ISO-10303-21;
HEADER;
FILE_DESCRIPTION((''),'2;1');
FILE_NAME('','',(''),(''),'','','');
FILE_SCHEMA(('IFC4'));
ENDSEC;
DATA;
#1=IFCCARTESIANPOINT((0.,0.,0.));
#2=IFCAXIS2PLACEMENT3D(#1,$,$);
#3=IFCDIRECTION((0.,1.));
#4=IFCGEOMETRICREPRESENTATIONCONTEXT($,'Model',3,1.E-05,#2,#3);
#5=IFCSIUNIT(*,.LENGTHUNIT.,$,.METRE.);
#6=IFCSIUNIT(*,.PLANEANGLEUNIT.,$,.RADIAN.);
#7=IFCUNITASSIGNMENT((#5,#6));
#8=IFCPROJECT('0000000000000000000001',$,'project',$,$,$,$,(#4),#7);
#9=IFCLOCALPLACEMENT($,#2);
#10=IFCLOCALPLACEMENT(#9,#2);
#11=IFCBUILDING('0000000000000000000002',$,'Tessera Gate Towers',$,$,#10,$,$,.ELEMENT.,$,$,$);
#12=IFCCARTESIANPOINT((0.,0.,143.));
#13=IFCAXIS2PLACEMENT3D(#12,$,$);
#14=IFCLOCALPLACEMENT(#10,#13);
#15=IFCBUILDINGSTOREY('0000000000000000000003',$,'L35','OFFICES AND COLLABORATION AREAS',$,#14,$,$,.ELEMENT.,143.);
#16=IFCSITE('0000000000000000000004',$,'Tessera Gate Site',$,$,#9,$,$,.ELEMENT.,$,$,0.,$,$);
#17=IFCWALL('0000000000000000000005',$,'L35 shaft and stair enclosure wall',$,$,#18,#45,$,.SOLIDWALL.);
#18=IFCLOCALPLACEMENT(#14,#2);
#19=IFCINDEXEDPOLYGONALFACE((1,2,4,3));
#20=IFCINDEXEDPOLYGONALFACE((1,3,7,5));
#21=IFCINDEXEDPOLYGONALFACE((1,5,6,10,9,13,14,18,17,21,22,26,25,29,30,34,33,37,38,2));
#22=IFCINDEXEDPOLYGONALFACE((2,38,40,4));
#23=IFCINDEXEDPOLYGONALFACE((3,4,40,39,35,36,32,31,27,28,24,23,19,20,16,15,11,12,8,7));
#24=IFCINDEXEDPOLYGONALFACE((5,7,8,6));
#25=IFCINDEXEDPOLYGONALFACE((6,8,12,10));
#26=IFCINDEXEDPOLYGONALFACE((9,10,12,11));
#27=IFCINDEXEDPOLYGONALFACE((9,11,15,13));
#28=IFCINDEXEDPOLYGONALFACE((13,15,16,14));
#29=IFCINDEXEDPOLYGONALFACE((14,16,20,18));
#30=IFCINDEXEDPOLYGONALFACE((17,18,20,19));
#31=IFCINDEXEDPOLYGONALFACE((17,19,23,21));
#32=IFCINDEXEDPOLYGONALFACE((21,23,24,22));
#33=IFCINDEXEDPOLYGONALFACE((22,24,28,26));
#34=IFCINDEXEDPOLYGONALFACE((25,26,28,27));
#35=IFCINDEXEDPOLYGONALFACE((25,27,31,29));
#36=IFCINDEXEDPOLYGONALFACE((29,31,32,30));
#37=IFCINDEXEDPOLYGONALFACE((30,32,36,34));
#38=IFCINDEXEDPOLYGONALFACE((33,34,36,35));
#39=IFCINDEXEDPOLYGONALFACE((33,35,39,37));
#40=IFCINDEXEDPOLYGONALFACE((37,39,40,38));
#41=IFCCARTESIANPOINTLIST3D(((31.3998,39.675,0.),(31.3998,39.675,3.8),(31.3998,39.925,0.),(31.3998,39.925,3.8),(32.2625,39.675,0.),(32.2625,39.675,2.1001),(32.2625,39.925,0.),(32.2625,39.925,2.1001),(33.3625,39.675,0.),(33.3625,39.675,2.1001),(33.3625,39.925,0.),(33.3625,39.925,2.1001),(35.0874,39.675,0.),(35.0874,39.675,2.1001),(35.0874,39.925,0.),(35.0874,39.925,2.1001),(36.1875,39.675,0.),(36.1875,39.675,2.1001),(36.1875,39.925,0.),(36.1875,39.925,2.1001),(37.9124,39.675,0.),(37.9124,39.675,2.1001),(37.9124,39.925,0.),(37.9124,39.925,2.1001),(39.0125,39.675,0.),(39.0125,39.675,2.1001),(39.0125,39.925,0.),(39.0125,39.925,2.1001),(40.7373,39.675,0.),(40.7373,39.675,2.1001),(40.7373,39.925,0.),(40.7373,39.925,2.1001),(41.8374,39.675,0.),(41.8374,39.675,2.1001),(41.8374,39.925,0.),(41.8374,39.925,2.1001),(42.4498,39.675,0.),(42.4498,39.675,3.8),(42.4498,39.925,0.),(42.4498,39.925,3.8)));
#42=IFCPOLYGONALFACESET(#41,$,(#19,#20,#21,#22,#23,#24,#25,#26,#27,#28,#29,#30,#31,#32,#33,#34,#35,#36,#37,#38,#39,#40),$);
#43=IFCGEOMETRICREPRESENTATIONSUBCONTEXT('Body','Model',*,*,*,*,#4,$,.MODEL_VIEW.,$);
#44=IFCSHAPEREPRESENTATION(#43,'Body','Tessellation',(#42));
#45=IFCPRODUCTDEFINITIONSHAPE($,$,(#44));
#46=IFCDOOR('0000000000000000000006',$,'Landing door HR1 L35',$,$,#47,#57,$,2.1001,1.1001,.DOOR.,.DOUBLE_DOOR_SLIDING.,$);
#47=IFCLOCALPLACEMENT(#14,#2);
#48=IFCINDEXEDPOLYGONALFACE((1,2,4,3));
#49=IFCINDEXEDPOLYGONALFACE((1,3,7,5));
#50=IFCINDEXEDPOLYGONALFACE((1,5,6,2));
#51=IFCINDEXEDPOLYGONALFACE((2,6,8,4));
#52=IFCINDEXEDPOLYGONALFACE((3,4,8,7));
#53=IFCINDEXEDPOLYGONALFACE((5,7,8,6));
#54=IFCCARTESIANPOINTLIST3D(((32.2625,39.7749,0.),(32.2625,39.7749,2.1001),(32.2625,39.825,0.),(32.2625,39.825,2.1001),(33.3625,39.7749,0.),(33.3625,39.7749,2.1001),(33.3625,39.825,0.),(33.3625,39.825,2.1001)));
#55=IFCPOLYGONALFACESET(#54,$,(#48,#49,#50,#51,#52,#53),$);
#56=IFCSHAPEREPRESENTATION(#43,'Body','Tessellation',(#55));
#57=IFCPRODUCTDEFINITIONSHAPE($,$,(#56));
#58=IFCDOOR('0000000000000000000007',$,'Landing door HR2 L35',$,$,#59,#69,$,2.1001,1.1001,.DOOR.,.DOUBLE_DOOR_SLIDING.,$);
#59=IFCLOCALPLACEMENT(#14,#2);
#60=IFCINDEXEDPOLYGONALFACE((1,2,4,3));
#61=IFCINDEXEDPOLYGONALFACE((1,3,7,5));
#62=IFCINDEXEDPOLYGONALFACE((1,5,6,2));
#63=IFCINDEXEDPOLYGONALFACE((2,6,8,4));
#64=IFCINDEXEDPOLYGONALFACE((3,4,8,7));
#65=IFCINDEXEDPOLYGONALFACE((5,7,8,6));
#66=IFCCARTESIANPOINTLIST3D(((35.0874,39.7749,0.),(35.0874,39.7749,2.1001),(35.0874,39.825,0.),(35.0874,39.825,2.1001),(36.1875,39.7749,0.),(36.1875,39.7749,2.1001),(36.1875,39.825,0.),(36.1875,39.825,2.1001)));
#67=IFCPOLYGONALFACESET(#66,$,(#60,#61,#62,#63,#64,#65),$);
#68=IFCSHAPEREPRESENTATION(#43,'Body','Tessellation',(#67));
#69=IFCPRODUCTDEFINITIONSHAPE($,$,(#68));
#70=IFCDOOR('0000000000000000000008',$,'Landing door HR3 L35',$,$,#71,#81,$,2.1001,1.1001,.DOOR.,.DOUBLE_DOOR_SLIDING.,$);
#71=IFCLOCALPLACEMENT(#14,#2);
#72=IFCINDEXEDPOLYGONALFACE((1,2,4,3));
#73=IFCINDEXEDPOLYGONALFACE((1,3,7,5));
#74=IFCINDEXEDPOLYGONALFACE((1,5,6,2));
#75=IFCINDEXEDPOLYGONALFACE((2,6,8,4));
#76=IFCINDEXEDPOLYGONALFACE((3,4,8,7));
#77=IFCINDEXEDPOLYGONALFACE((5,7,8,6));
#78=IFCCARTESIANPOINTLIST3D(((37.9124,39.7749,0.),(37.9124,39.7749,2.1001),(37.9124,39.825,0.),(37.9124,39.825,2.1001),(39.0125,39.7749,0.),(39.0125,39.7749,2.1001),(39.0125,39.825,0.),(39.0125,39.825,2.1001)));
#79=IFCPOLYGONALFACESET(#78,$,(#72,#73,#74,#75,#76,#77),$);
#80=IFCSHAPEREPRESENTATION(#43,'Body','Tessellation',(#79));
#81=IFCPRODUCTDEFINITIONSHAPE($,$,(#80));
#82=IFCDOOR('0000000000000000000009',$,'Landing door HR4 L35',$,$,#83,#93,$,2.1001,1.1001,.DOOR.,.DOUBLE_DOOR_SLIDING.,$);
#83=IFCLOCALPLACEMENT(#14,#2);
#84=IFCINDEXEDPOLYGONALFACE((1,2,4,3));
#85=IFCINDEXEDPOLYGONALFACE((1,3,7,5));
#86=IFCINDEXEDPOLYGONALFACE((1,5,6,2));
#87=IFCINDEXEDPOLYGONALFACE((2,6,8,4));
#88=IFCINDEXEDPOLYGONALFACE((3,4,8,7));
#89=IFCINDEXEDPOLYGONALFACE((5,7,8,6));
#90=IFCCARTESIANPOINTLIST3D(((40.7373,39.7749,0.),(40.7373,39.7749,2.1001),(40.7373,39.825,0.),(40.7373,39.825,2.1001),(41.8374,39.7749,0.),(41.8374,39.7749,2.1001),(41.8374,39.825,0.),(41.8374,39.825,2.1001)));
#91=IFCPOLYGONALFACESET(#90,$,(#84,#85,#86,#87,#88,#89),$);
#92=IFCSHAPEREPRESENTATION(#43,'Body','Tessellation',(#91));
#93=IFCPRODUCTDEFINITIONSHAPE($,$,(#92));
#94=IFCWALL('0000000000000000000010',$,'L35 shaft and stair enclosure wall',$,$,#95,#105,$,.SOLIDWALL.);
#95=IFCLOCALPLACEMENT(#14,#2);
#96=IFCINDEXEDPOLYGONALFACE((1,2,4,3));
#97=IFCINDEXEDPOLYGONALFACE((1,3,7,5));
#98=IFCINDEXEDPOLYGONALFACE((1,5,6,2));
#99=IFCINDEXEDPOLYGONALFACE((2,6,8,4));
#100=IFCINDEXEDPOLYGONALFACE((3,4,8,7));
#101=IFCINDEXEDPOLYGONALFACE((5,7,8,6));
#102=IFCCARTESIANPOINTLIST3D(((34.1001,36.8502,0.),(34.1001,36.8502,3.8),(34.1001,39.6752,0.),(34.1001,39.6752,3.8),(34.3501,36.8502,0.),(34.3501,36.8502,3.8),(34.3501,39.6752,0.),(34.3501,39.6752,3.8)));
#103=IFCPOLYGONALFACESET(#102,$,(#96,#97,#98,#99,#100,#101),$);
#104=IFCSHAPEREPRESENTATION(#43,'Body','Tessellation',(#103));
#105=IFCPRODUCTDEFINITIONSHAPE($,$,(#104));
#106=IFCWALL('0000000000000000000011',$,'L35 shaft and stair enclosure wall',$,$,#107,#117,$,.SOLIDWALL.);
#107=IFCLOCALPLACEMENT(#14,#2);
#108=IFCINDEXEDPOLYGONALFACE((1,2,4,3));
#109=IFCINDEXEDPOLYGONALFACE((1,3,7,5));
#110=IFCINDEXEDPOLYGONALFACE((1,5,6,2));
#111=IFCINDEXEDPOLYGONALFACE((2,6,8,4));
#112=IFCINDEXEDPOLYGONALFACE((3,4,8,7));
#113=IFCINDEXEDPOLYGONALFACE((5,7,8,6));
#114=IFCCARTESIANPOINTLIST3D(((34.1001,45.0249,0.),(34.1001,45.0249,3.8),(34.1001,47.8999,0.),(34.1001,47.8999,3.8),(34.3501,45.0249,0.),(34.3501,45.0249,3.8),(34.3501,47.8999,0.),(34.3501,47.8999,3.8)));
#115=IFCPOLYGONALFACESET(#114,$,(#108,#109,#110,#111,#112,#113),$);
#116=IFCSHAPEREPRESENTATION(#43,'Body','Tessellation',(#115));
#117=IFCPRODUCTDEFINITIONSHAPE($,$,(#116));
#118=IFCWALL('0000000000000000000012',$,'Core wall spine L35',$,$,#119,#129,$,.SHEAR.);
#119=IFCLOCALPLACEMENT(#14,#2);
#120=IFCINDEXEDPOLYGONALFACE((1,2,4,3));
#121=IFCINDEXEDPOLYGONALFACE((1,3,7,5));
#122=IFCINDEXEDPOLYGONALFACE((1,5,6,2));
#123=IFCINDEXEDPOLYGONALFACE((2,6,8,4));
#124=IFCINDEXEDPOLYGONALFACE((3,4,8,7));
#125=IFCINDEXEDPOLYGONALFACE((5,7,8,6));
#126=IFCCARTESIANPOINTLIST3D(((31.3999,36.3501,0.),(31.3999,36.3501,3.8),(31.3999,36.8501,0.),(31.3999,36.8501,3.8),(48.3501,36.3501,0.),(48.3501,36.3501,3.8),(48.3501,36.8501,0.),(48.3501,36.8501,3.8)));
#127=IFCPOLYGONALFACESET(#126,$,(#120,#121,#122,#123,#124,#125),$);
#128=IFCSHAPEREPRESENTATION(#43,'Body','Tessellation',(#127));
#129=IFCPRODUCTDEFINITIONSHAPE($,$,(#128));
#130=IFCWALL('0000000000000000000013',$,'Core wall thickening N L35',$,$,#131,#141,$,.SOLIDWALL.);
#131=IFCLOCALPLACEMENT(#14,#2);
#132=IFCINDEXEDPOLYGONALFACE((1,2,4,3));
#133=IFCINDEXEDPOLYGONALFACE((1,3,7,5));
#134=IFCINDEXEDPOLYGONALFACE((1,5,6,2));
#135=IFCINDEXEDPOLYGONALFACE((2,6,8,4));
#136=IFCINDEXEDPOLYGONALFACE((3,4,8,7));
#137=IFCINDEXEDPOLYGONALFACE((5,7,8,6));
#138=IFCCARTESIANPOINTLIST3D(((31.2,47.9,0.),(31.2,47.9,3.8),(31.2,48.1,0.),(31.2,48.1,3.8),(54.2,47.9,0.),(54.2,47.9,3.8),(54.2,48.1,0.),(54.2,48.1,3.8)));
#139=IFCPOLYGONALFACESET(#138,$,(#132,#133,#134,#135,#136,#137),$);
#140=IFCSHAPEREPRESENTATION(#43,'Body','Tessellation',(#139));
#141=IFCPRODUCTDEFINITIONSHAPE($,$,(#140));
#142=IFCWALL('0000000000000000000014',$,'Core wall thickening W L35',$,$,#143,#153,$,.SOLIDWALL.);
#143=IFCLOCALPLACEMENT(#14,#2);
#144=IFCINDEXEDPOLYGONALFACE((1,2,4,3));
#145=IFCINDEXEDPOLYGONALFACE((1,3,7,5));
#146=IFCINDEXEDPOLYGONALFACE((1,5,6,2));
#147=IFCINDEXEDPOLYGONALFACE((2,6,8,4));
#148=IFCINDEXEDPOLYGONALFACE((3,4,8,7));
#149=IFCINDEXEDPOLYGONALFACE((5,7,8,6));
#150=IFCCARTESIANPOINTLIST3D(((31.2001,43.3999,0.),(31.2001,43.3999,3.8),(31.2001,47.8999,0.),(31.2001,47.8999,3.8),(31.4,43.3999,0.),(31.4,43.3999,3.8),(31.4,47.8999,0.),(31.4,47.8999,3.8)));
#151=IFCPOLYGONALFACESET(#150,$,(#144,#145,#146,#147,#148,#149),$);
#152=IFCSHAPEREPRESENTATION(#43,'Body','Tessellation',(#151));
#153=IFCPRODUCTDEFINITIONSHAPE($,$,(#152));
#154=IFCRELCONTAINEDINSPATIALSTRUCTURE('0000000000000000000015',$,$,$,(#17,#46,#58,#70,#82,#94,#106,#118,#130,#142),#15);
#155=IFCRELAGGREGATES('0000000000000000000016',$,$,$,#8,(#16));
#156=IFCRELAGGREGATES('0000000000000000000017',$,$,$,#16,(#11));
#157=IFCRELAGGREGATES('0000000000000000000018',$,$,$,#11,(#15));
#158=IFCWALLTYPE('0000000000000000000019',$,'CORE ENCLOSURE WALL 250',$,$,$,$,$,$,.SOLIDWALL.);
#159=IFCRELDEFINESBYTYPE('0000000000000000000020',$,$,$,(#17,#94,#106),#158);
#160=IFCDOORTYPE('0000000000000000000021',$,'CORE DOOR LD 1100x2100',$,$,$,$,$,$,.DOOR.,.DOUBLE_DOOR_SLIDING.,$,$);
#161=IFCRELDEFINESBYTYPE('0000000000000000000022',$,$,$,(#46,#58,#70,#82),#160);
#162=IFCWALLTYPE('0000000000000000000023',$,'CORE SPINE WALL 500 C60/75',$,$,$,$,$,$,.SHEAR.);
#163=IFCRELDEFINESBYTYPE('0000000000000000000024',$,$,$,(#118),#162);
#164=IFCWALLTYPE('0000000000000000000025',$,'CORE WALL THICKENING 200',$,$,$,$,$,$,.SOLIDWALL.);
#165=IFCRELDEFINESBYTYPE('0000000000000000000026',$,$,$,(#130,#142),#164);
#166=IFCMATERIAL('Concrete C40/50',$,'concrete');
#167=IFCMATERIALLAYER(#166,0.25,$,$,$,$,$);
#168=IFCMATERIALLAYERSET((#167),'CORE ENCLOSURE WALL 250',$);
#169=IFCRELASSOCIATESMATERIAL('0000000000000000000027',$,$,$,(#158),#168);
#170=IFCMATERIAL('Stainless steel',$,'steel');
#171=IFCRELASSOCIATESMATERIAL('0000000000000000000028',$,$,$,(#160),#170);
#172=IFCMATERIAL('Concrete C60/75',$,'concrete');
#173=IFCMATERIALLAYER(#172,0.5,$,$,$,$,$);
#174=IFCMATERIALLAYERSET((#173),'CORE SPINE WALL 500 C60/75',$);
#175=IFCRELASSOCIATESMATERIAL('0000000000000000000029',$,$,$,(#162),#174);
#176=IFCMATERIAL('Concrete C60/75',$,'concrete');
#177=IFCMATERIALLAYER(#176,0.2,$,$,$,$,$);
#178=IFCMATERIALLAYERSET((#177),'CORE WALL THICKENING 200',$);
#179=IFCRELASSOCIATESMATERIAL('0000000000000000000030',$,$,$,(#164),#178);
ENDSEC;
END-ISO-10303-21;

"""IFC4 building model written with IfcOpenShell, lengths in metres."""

from ifc_helpers import new_model, si_unit, direction, frame, frame_2d, origin, place, context, subcontext, project, spatial, rectangle, extrude, source, transform, mapped, material, layer, layer_set, type_object, element, fill, save


model = new_model("IFC4")

# Units and contexts
model_context = context("Model", 3, precision=1e-05, world=origin(), true_north=direction((0.0, 1.0)))
body_context = subcontext(model_context, "Body", "Model", "MODEL_VIEW")
ifc_project = project(units=[si_unit("LENGTHUNIT", "METRE"), si_unit("PLANEANGLEUNIT", "RADIAN")], contexts=[model_context])

# Site, building, storey
site_placement = place(None, origin())
site = spatial("IfcSite", under=ifc_project, at=site_placement, Name="Tessera Gate Site", CompositionType="ELEMENT", RefElevation=0.0)
building_placement = place(site_placement, origin())
building = spatial("IfcBuilding", under=site, at=building_placement, Name="Tessera Gate Towers", CompositionType="ELEMENT")
storey_placement = place(building_placement, frame((0.0, 0.0, 143.0)))
storey = spatial("IfcBuildingStorey", under=building, at=storey_placement, Name="L35", Description="OFFICES AND COLLABORATION AREAS", CompositionType="ELEMENT", Elevation=143.0)

# Wall, openings, doors
ifc_material_1 = material(Name="Concrete C40/50", Category="concrete")
ifc_layer_1 = layer(ifc_material_1, 0.25)
ifc_layer_set_1 = layer_set([ifc_layer_1], Name="CORE ENCLOSURE WALL 250")
wall_type_1 = type_object("IfcWallType", Name="CORE ENCLOSURE WALL 250", PredefinedType="SOLIDWALL", material=ifc_layer_set_1)
wall_1_placement = place(storey_placement, frame((31.3999, 39.8, 0.0), z_axis=(0.0, 0.0, 1.0), x_axis=(1.0, 0.0, 0.0)))
wall_1 = element("IfcWall", 1, at=wall_1_placement, inside=storey, type_object=wall_type_1, Name="L35 shaft and stair enclosure wall", PredefinedType="SOLIDWALL", context=body_context, shape_type="SweptSolid", body=[
    extrude(rectangle(XDim=11.05, YDim=0.25, at=frame_2d((5.5249, 0.0))), origin(), (0.0, 0.0, 1.0), 3.8),
])
shared_shape_1 = source(origin(), body_context, "Body", "SweptSolid", [
    extrude(rectangle(XDim=1.1001, YDim=2.1001, at=frame_2d((0.55, 1.05))), frame((0.0, 0.135, 0.0), z_axis=(0.0, -1.0, 0.0), x_axis=(1.0, 0.0, 0.0)), (0.0, 0.0, 1.0), 0.27),
])
opening_1_placement = place(wall_1_placement, frame((0.8625, 0.0, 0.0)))
opening_1 = element("IfcOpeningElement", 2, at=opening_1_placement, cuts=wall_1, PredefinedType="OPENING", context=body_context, shape_type="MappedRepresentation", body=[
    mapped(shared_shape_1, transform((0.0, 0.0, 0.0), scale=1.0)),
])
opening_2_placement = place(wall_1_placement, frame((3.6875, 0.0, 0.0)))
opening_2 = element("IfcOpeningElement", 3, at=opening_2_placement, cuts=wall_1, PredefinedType="OPENING", context=body_context, shape_type="MappedRepresentation", body=[
    mapped(shared_shape_1, transform((0.0, 0.0, 0.0), scale=1.0)),
])
opening_3_placement = place(wall_1_placement, frame((6.5125, 0.0, 0.0)))
opening_3 = element("IfcOpeningElement", 4, at=opening_3_placement, cuts=wall_1, PredefinedType="OPENING", context=body_context, shape_type="MappedRepresentation", body=[
    mapped(shared_shape_1, transform((0.0, 0.0, 0.0), scale=1.0)),
])
opening_4_placement = place(wall_1_placement, frame((9.3374, 0.0, 0.0)))
opening_4 = element("IfcOpeningElement", 5, at=opening_4_placement, cuts=wall_1, PredefinedType="OPENING", context=body_context, shape_type="MappedRepresentation", body=[
    mapped(shared_shape_1, transform((0.0, 0.0, 0.0), scale=1.0)),
])
ifc_material_2 = material(Name="Stainless steel", Category="steel")
door_type_1 = type_object("IfcDoorType", Name="CORE DOOR LD 1100x2100", OperationType="DOUBLE_DOOR_SLIDING", PredefinedType="DOOR", material=ifc_material_2)
shared_shape_2 = source(origin(), body_context, "Body", "SweptSolid", [
    extrude(rectangle(XDim=1.1001, YDim=2.1001, at=frame_2d((0.55, 1.05))), frame((0.0, 0.0249, 0.0), z_axis=(0.0, -1.0, 0.0), x_axis=(1.0, 0.0, 0.0)), (0.0, 0.0, 1.0), 0.05),
])
door_1_placement = place(opening_1_placement, origin())
door_1 = element("IfcDoor", 6, at=door_1_placement, inside=storey, type_object=door_type_1, Name="Landing door HR1 L35", OperationType="DOUBLE_DOOR_SLIDING", OverallHeight=2.1001, OverallWidth=1.1001, PredefinedType="DOOR", context=body_context, shape_type="MappedRepresentation", body=[
    mapped(shared_shape_2, transform((0.0, 0.0, 0.0), scale=1.0)),
])
fill(opening_1, door_1)
door_2_placement = place(opening_2_placement, origin())
door_2 = element("IfcDoor", 7, at=door_2_placement, inside=storey, type_object=door_type_1, Name="Landing door HR2 L35", OperationType="DOUBLE_DOOR_SLIDING", OverallHeight=2.1001, OverallWidth=1.1001, PredefinedType="DOOR", context=body_context, shape_type="MappedRepresentation", body=[
    mapped(shared_shape_2, transform((0.0, 0.0, 0.0), scale=1.0)),
])
fill(opening_2, door_2)
door_3_placement = place(opening_3_placement, origin())
door_3 = element("IfcDoor", 8, at=door_3_placement, inside=storey, type_object=door_type_1, Name="Landing door HR3 L35", OperationType="DOUBLE_DOOR_SLIDING", OverallHeight=2.1001, OverallWidth=1.1001, PredefinedType="DOOR", context=body_context, shape_type="MappedRepresentation", body=[
    mapped(shared_shape_2, transform((0.0, 0.0, 0.0), scale=1.0)),
])
fill(opening_3, door_3)
door_4_placement = place(opening_4_placement, origin())
door_4 = element("IfcDoor", 9, at=door_4_placement, inside=storey, type_object=door_type_1, Name="Landing door HR4 L35", OperationType="DOUBLE_DOOR_SLIDING", OverallHeight=2.1001, OverallWidth=1.1001, PredefinedType="DOOR", context=body_context, shape_type="MappedRepresentation", body=[
    mapped(shared_shape_2, transform((0.0, 0.0, 0.0), scale=1.0)),
])
fill(opening_4, door_4)

# Walls
wall_2_placement = place(storey_placement, frame((34.2251, 36.8501, 0.0), z_axis=(0.0, 0.0, 1.0), x_axis=(0.0, 1.0, 0.0)))
element("IfcWall", 10, at=wall_2_placement, inside=storey, type_object=wall_type_1, Name="L35 shaft and stair enclosure wall", PredefinedType="SOLIDWALL", context=body_context, shape_type="SweptSolid", body=[
    extrude(rectangle(XDim=2.825, YDim=0.25, at=frame_2d((1.4126, 0.0))), origin(), (0.0, 0.0, 1.0), 3.8),
])
wall_3_placement = place(storey_placement, frame((34.2251, 45.0249, 0.0), z_axis=(0.0, 0.0, 1.0), x_axis=(0.0, 1.0, 0.0)))
element("IfcWall", 11, at=wall_3_placement, inside=storey, type_object=wall_type_1, Name="L35 shaft and stair enclosure wall", PredefinedType="SOLIDWALL", context=body_context, shape_type="SweptSolid", body=[
    extrude(rectangle(XDim=2.875, YDim=0.25, at=frame_2d((1.4375, 0.0))), origin(), (0.0, 0.0, 1.0), 3.8),
])
ifc_material_3 = material(Name="Concrete C60/75", Category="concrete")
ifc_layer_2 = layer(ifc_material_3, 0.5)
ifc_layer_set_2 = layer_set([ifc_layer_2], Name="CORE SPINE WALL 500 C60/75")
wall_type_2 = type_object("IfcWallType", Name="CORE SPINE WALL 500 C60/75", PredefinedType="SHEAR", material=ifc_layer_set_2)
wall_4_placement = place(storey_placement, frame((31.3999, 36.6001, 0.0), z_axis=(0.0, 0.0, 1.0), x_axis=(1.0, 0.0, 0.0)))
element("IfcWall", 12, at=wall_4_placement, inside=storey, type_object=wall_type_2, Name="Core wall spine L35", PredefinedType="SHEAR", context=body_context, shape_type="SweptSolid", body=[
    extrude(rectangle(XDim=16.9502, YDim=0.5, at=frame_2d((8.4751, 0.0))), origin(), (0.0, 0.0, 1.0), 3.8),
])
ifc_material_4 = material(Name="Concrete C60/75", Category="concrete")
ifc_layer_3 = layer(ifc_material_4, 0.2)
ifc_layer_set_3 = layer_set([ifc_layer_3], Name="CORE WALL THICKENING 200")
wall_type_3 = type_object("IfcWallType", Name="CORE WALL THICKENING 200", PredefinedType="SOLIDWALL", material=ifc_layer_set_3)
wall_5_placement = place(storey_placement, frame((31.2, 48.0, 0.0), z_axis=(0.0, 0.0, 1.0), x_axis=(1.0, 0.0, 0.0)))
element("IfcWall", 13, at=wall_5_placement, inside=storey, type_object=wall_type_3, Name="Core wall thickening N L35", PredefinedType="SOLIDWALL", context=body_context, shape_type="SweptSolid", body=[
    extrude(rectangle(XDim=23.0, YDim=0.2, at=frame_2d((11.5, 0.0))), origin(), (0.0, 0.0, 1.0), 3.8),
])
wall_6_placement = place(storey_placement, frame((31.3, 43.3999, 0.0), z_axis=(0.0, 0.0, 1.0), x_axis=(0.0, 1.0, 0.0)))
element("IfcWall", 14, at=wall_6_placement, inside=storey, type_object=wall_type_3, Name="Core wall thickening W L35", PredefinedType="SOLIDWALL", context=body_context, shape_type="SweptSolid", body=[
    extrude(rectangle(XDim=4.5, YDim=0.2, at=frame_2d((2.25, 0.0))), origin(), (0.0, 0.0, 1.0), 3.8),
])

save(model, "model.ifc")
